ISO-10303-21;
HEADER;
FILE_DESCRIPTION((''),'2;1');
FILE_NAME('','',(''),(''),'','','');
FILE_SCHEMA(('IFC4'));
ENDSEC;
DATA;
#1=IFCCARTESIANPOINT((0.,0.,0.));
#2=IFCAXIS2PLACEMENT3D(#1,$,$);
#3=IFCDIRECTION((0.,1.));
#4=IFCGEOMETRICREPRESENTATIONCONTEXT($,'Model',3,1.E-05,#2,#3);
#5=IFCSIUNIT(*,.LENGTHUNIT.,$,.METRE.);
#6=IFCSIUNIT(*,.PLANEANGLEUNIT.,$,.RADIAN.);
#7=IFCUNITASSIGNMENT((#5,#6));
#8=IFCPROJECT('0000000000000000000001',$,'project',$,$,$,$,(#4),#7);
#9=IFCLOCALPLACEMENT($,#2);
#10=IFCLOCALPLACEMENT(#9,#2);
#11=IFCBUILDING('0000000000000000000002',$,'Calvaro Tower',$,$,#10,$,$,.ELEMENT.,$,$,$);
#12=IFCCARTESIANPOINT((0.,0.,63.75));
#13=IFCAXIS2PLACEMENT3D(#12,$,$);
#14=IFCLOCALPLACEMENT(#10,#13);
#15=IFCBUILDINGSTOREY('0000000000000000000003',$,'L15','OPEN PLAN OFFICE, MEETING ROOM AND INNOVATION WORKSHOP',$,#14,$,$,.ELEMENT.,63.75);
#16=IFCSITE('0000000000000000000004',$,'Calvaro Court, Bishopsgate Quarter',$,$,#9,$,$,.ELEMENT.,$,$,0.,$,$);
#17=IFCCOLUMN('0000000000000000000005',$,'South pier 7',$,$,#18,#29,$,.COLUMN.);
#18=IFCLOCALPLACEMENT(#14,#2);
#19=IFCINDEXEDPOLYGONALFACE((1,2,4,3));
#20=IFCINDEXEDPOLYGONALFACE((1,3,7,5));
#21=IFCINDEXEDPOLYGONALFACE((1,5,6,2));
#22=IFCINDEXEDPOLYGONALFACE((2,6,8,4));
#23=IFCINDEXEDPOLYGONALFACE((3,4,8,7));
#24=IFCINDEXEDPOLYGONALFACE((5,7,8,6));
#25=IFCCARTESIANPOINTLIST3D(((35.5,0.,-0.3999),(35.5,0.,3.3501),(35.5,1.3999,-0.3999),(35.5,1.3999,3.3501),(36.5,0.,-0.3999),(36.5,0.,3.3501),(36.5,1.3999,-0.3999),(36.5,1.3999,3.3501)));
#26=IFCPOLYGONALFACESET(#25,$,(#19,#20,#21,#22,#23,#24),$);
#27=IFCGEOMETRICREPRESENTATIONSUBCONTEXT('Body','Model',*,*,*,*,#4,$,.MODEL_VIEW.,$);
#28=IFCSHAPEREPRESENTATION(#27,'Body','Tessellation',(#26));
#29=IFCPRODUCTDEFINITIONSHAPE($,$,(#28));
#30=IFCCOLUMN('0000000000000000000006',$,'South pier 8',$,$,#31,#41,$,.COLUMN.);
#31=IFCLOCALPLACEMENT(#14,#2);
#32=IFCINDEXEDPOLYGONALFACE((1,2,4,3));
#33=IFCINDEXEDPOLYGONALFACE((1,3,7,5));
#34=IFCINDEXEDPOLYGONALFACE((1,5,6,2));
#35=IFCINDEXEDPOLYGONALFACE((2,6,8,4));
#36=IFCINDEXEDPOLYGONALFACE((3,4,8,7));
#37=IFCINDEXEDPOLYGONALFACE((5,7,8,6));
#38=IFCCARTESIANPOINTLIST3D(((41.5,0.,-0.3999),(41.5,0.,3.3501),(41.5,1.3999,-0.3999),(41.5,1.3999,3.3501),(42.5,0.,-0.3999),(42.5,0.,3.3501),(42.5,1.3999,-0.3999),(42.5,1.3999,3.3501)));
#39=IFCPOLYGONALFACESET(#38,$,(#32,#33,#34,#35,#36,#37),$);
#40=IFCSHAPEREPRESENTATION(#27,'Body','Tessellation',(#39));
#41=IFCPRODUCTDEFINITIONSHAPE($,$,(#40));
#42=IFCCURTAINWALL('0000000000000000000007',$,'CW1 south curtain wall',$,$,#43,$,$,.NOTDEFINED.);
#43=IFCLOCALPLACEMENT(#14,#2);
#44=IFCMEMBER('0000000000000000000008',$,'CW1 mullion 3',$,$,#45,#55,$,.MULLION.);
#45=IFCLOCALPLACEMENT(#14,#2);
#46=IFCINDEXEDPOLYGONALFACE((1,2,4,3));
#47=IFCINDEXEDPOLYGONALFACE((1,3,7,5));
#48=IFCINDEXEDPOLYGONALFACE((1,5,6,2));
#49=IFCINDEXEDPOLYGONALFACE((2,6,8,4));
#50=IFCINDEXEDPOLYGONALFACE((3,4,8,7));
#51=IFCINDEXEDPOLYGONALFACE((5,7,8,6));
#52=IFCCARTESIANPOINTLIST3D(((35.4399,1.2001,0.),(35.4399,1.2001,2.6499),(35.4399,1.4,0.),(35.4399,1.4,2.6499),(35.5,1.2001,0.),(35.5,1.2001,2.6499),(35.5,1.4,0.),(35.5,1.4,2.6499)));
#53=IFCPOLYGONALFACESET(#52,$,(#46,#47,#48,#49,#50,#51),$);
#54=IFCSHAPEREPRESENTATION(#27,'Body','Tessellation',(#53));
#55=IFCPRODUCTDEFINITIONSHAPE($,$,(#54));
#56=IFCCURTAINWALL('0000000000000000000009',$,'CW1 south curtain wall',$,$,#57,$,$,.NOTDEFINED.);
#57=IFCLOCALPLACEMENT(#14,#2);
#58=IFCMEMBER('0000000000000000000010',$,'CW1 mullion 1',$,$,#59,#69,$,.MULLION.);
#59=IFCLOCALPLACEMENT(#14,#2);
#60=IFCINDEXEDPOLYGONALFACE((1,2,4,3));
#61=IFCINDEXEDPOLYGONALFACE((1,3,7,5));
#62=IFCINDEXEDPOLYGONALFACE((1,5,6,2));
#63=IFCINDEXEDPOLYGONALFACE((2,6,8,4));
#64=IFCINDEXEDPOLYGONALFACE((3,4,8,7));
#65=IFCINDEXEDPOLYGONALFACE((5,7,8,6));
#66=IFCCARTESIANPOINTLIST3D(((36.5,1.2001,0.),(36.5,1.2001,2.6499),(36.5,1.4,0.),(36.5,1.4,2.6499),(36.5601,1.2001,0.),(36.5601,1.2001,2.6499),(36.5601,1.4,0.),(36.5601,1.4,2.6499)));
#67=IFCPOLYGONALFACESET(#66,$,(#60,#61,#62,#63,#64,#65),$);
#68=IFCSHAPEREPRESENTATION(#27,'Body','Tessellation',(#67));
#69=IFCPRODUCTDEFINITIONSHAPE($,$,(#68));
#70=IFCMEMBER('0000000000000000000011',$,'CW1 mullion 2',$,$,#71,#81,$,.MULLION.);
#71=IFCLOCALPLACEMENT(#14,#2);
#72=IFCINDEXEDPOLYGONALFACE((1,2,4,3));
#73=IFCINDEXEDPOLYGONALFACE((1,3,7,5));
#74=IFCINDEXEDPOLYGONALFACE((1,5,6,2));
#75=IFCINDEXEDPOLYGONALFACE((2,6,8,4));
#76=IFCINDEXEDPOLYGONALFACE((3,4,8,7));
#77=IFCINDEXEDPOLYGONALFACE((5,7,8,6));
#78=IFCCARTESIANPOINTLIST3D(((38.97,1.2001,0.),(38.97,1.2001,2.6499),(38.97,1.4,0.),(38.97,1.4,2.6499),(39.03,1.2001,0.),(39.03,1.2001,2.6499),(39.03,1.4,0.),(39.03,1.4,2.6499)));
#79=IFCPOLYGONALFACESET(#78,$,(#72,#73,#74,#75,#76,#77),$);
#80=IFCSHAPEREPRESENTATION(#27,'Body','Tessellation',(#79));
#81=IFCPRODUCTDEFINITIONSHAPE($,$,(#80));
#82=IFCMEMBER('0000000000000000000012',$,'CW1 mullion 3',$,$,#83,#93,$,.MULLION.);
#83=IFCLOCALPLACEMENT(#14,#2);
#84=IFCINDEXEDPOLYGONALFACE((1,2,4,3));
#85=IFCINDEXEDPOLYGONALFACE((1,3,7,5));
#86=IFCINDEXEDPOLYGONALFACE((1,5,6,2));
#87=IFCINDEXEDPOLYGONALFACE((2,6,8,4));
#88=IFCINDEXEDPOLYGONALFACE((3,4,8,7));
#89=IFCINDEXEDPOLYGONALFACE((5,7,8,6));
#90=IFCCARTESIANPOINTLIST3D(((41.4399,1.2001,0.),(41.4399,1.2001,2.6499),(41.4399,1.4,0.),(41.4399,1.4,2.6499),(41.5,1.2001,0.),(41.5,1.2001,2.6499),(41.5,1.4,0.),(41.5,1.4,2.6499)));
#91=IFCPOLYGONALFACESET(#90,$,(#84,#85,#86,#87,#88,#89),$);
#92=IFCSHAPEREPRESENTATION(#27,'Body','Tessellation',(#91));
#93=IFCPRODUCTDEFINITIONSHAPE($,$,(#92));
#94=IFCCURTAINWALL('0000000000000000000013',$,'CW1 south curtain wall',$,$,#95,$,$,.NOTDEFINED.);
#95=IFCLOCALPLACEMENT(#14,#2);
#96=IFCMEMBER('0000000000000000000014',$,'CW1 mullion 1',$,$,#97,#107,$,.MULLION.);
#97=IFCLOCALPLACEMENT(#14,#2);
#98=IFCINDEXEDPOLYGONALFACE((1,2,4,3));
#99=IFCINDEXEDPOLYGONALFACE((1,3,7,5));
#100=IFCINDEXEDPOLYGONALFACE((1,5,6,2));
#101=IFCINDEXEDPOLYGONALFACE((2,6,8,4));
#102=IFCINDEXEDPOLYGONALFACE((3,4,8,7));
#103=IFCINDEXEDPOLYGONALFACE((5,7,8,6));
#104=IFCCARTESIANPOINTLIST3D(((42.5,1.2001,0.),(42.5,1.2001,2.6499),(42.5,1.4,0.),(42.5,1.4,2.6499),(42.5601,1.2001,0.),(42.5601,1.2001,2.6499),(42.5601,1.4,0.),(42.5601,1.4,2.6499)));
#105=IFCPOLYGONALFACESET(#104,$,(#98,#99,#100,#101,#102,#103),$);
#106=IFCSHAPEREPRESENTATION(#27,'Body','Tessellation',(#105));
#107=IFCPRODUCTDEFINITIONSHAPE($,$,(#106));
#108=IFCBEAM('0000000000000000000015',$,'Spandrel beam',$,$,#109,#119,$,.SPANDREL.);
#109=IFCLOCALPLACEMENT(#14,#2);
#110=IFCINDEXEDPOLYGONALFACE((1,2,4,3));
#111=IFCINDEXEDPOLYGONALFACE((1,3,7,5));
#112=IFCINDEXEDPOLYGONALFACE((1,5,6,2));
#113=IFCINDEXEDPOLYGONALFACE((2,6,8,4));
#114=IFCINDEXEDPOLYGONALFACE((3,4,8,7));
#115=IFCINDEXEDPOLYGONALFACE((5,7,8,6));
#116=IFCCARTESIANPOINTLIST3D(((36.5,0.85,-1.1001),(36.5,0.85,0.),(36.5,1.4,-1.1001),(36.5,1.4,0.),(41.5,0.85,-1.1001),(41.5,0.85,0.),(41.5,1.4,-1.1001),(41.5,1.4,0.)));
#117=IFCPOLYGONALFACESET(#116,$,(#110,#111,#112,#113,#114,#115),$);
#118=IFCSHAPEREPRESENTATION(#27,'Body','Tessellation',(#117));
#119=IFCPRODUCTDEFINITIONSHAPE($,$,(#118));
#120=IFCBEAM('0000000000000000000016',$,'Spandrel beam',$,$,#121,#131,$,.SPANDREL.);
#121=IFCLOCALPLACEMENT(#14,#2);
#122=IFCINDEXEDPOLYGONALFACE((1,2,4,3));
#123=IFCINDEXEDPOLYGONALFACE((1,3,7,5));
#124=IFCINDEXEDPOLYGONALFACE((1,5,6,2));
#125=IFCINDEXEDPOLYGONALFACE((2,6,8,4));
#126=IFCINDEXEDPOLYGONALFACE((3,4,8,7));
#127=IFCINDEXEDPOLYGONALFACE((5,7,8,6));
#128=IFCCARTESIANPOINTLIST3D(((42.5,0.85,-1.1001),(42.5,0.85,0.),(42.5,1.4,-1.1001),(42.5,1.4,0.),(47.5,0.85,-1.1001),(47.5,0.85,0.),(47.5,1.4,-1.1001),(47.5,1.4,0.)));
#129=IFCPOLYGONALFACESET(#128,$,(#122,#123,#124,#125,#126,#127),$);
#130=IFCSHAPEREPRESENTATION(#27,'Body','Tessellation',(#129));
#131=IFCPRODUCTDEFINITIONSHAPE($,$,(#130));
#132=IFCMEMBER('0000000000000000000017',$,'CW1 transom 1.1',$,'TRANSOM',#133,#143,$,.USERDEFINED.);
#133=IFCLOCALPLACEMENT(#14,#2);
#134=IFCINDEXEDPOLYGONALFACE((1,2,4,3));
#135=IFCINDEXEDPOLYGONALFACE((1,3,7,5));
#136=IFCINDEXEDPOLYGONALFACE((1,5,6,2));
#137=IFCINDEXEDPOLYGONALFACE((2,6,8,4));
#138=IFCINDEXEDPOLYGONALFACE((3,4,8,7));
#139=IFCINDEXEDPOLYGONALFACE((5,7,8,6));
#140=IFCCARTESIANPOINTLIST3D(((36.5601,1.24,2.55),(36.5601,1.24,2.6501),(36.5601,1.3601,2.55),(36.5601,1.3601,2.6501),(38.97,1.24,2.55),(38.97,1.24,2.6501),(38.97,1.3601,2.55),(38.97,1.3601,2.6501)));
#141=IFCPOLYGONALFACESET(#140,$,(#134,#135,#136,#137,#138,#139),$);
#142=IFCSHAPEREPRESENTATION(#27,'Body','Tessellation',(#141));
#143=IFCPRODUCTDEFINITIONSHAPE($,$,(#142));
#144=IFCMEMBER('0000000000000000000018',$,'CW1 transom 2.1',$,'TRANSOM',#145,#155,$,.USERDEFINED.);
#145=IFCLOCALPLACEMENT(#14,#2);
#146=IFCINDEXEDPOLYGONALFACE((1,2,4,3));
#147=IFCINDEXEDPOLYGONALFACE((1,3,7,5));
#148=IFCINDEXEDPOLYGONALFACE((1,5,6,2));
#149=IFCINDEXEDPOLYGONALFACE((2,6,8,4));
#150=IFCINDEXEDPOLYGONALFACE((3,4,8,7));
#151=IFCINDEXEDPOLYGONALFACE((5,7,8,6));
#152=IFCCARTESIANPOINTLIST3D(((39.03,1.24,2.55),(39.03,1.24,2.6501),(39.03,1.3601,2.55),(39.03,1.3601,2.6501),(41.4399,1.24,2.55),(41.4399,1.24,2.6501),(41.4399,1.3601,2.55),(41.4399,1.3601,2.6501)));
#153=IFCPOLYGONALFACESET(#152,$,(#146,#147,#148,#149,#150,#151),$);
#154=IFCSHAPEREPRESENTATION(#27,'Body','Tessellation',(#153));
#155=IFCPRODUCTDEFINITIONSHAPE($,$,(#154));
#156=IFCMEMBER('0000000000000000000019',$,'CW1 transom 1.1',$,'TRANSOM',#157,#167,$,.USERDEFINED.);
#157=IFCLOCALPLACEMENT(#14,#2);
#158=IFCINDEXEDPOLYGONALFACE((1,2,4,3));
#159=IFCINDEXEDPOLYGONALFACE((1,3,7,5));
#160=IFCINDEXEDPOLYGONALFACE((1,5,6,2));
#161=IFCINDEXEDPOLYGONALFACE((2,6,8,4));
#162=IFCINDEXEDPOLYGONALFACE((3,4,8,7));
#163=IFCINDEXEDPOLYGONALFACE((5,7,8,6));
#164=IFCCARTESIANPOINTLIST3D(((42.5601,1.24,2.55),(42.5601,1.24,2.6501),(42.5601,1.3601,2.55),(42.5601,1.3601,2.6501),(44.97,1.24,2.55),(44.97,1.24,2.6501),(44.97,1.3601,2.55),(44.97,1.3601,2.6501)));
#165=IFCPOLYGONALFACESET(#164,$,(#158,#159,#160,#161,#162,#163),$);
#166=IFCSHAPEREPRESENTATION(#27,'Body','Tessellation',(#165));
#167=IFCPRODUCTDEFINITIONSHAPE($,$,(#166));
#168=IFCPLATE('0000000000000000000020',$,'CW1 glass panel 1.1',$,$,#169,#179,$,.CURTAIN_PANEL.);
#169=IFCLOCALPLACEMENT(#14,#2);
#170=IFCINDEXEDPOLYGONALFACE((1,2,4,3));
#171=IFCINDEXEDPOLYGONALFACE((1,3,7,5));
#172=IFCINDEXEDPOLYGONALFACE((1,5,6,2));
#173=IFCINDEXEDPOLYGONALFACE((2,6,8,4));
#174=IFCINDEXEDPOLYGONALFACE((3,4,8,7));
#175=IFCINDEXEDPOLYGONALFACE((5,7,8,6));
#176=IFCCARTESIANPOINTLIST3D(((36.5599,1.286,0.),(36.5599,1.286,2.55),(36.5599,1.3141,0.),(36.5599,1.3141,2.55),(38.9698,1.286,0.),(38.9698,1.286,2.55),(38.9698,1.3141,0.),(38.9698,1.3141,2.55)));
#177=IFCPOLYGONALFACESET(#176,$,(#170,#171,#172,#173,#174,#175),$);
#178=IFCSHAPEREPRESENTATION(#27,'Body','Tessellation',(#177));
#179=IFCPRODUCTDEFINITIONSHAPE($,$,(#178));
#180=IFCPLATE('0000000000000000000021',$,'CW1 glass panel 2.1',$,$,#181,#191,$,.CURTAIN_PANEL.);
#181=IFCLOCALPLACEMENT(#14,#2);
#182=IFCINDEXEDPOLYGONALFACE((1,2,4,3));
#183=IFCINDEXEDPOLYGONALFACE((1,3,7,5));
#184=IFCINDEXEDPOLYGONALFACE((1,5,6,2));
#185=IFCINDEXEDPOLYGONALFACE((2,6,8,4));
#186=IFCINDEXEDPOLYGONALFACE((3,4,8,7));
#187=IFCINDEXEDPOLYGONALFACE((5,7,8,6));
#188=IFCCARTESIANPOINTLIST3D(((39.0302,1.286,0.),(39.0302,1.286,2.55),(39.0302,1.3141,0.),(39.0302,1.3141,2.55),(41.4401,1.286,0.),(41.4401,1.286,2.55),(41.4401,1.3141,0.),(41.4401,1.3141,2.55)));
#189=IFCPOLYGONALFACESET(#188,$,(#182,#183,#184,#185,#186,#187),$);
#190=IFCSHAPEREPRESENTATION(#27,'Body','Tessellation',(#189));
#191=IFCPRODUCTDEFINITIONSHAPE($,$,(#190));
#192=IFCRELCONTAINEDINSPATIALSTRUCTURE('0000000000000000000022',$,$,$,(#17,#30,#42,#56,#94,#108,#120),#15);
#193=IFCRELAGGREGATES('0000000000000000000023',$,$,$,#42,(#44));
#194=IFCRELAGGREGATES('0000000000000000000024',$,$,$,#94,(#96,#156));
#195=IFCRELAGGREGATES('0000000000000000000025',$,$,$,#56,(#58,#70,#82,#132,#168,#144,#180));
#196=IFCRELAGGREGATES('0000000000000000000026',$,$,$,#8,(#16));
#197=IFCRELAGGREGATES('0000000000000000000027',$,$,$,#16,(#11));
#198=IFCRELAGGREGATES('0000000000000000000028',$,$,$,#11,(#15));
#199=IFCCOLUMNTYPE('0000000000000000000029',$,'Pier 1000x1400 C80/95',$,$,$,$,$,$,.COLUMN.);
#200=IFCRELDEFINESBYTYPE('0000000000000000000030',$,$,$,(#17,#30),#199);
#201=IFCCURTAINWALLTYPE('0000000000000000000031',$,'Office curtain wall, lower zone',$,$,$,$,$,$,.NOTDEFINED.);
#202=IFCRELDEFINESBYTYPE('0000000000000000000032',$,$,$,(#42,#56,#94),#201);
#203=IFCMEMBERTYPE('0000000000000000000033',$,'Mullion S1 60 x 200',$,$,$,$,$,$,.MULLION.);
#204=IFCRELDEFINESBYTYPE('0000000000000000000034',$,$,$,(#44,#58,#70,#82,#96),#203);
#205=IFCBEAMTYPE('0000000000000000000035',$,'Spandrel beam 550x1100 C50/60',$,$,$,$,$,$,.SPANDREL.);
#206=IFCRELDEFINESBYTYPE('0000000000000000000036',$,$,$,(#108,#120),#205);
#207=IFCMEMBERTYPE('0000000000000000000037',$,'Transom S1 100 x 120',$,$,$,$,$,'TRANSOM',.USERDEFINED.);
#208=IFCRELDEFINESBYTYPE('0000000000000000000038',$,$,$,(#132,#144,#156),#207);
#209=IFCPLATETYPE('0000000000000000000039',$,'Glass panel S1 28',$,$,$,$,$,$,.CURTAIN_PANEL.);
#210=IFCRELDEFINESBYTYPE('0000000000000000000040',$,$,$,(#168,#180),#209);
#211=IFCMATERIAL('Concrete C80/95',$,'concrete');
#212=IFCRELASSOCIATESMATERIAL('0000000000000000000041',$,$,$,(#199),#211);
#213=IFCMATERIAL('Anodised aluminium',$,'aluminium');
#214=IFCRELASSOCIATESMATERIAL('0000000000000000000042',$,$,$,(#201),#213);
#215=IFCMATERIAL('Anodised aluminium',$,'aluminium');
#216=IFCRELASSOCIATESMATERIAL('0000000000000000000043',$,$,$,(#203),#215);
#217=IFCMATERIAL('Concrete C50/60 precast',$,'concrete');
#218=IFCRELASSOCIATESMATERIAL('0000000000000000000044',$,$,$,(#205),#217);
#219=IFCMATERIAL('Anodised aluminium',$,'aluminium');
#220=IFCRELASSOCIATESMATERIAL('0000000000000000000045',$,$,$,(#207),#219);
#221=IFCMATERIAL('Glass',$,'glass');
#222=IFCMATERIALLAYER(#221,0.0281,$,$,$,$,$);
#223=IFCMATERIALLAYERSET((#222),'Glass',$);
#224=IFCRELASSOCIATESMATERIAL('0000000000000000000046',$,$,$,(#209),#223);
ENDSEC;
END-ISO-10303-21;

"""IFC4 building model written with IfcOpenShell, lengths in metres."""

from ifc_helpers import new_model, si_unit, direction, frame, origin, origin_2d, place, context, subcontext, project, spatial, rectangle, extrude, material, layer, layer_set, material_profile, profile_set, type_object, element, aggregate, save


model = new_model("IFC4")

# Units and contexts
model_context = context("Model", 3, precision=1e-05, world=origin(), true_north=direction((0.0, 1.0)))
body_context = subcontext(model_context, "Body", "Model", "MODEL_VIEW")
ifc_project = project(units=[si_unit("LENGTHUNIT", "METRE"), si_unit("PLANEANGLEUNIT", "RADIAN")], contexts=[model_context])

# Site, building, storey
site_placement = place(None, origin())
site = spatial("IfcSite", under=ifc_project, at=site_placement, Name="Calvaro Court, Bishopsgate Quarter", CompositionType="ELEMENT", RefElevation=0.0)
building_placement = place(site_placement, origin())
building = spatial("IfcBuilding", under=site, at=building_placement, Name="Calvaro Tower", CompositionType="ELEMENT")
storey_placement = place(building_placement, frame((0.0, 0.0, 63.75)))
storey = spatial("IfcBuildingStorey", under=building, at=storey_placement, Name="L15", Description="OPEN PLAN OFFICE, MEETING ROOM AND INNOVATION WORKSHOP", CompositionType="ELEMENT", Elevation=63.75)

# Columns
ifc_material_1 = material(Name="Concrete C80/95", Category="concrete")
ifc_material_profile_1 = material_profile(ifc_material_1, rectangle(XDim=1.0, YDim=1.3999, at=origin_2d()), Name="RC 1000x1400")
ifc_profile_set_1 = profile_set([ifc_material_profile_1], Name="Concrete C80/95")
column_type = type_object("IfcColumnType", Name="Pier 1000x1400 C80/95", PredefinedType="COLUMN", material=ifc_profile_set_1)
for number, where, z_axis, x_axis, name in (
    (1, (36.0, 0.7, -0.3999), (0.0, 0.0, 1.0), (1.0, 0.0, 0.0), "South pier 7"),
    (2, (42.0, 0.7, -0.3999), (0.0, 0.0, 1.0), (1.0, 0.0, 0.0), "South pier 8"),
):
    element("IfcColumn", number, at=place(storey_placement, frame(where, z_axis=z_axis, x_axis=x_axis)), inside=storey, type_object=column_type, Name=name, PredefinedType="COLUMN", context=body_context, shape_type="SweptSolid", body=[
        extrude(rectangle(XDim=1.0, YDim=1.3999, at=origin_2d()), origin(), (0.0, 0.0, 1.0), 3.75),
    ])

# Curtain wall, member
ifc_material_2 = material(Name="Anodised aluminium", Category="aluminium")
curtain_wall_type = type_object("IfcCurtainWallType", Name="Office curtain wall, lower zone", PredefinedType="NOTDEFINED", material=ifc_material_2)
curtain_wall_1_placement = place(storey_placement, origin())
curtain_wall_1 = element("IfcCurtainWall", 3, at=curtain_wall_1_placement, inside=storey, type_object=curtain_wall_type, Name="CW1 south curtain wall", PredefinedType="NOTDEFINED")
ifc_material_3 = material(Name="Anodised aluminium", Category="aluminium")
ifc_material_profile_2 = material_profile(ifc_material_3, rectangle(XDim=0.2, YDim=0.0601, at=origin_2d()), Name="Mullion S1 60 x 200")
ifc_profile_set_2 = profile_set([ifc_material_profile_2], Name="Anodised aluminium")
member_type_1 = type_object("IfcMemberType", Name="Mullion S1 60 x 200", PredefinedType="MULLION", material=ifc_profile_set_2)
member_1_placement = place(storey_placement, frame((35.47, 1.3, 0.0), z_axis=(0.0, 0.0, 1.0), x_axis=(0.0, 1.0, 0.0)))
member_1 = element("IfcMember", 4, at=member_1_placement, type_object=member_type_1, Name="CW1 mullion 3", PredefinedType="MULLION", context=body_context, shape_type="SweptSolid", body=[
    extrude(rectangle(XDim=0.2, YDim=0.0601, at=origin_2d()), origin(), (0.0, 0.0, 1.0), 2.6499),
])
aggregate(curtain_wall_1, [member_1])

# Curtain wall, members
curtain_wall_2_placement = place(storey_placement, origin())
curtain_wall_2 = element("IfcCurtainWall", 5, at=curtain_wall_2_placement, inside=storey, type_object=curtain_wall_type, Name="CW1 south curtain wall", PredefinedType="NOTDEFINED")
member_2_placement = place(storey_placement, frame((36.53, 1.3, 0.0), z_axis=(0.0, 0.0, 1.0), x_axis=(0.0, 1.0, 0.0)))
member_2 = element("IfcMember", 6, at=member_2_placement, type_object=member_type_1, Name="CW1 mullion 1", PredefinedType="MULLION", context=body_context, shape_type="SweptSolid", body=[
    extrude(rectangle(XDim=0.2, YDim=0.0601, at=origin_2d()), origin(), (0.0, 0.0, 1.0), 2.6499),
])
member_3_placement = place(storey_placement, frame((39.0, 1.3, 0.0), z_axis=(0.0, 0.0, 1.0), x_axis=(0.0, 1.0, 0.0)))
member_3 = element("IfcMember", 7, at=member_3_placement, type_object=member_type_1, Name="CW1 mullion 2", PredefinedType="MULLION", context=body_context, shape_type="SweptSolid", body=[
    extrude(rectangle(XDim=0.2, YDim=0.0601, at=origin_2d()), origin(), (0.0, 0.0, 1.0), 2.6499),
])
member_4_placement = place(storey_placement, frame((41.47, 1.3, 0.0), z_axis=(0.0, 0.0, 1.0), x_axis=(0.0, 1.0, 0.0)))
member_4 = element("IfcMember", 8, at=member_4_placement, type_object=member_type_1, Name="CW1 mullion 3", PredefinedType="MULLION", context=body_context, shape_type="SweptSolid", body=[
    extrude(rectangle(XDim=0.2, YDim=0.0601, at=origin_2d()), origin(), (0.0, 0.0, 1.0), 2.6499),
])

# Curtain wall, member
curtain_wall_3_placement = place(storey_placement, origin())
curtain_wall_3 = element("IfcCurtainWall", 9, at=curtain_wall_3_placement, inside=storey, type_object=curtain_wall_type, Name="CW1 south curtain wall", PredefinedType="NOTDEFINED")
member_5_placement = place(storey_placement, frame((42.53, 1.3, 0.0), z_axis=(0.0, 0.0, 1.0), x_axis=(0.0, 1.0, 0.0)))
member_5 = element("IfcMember", 10, at=member_5_placement, type_object=member_type_1, Name="CW1 mullion 1", PredefinedType="MULLION", context=body_context, shape_type="SweptSolid", body=[
    extrude(rectangle(XDim=0.2, YDim=0.0601, at=origin_2d()), origin(), (0.0, 0.0, 1.0), 2.6499),
])

# Beams
ifc_material_4 = material(Name="Concrete C50/60 precast", Category="concrete")
ifc_material_profile_3 = material_profile(ifc_material_4, rectangle(XDim=0.55, YDim=1.1001, at=origin_2d()), Name="RC 550x1100")
ifc_profile_set_3 = profile_set([ifc_material_profile_3], Name="Concrete C50/60 precast")
beam_type = type_object("IfcBeamType", Name="Spandrel beam 550x1100 C50/60", PredefinedType="SPANDREL", material=ifc_profile_set_3)
for number, where, z_axis, x_axis, name in (
    (11, (36.5, 1.125, -0.55), (1.0, 0.0, 0.0), (0.0, 1.0, 0.0), "Spandrel beam"),
    (12, (42.5, 1.125, -0.55), (1.0, 0.0, 0.0), (0.0, 1.0, 0.0), "Spandrel beam"),
):
    element("IfcBeam", number, at=place(storey_placement, frame(where, z_axis=z_axis, x_axis=x_axis)), inside=storey, type_object=beam_type, Name=name, PredefinedType="SPANDREL", context=body_context, shape_type="SweptSolid", body=[
        extrude(rectangle(XDim=0.55, YDim=1.1001, at=origin_2d()), origin(), (0.0, 0.0, 1.0), 5.0),
    ])

# Members
ifc_material_5 = material(Name="Anodised aluminium", Category="aluminium")
ifc_material_profile_4 = material_profile(ifc_material_5, rectangle(XDim=0.1201, YDim=0.1001, at=origin_2d()), Name="Transom S1 100 x 120")
ifc_profile_set_4 = profile_set([ifc_material_profile_4], Name="Anodised aluminium")
member_type_2 = type_object("IfcMemberType", Name="Transom S1 100 x 120", ElementType="TRANSOM", PredefinedType="USERDEFINED", material=ifc_profile_set_4)
member_6_placement = place(storey_placement, frame((36.5601, 1.3, 2.6001), z_axis=(1.0, 0.0, 0.0), x_axis=(0.0, 1.0, 0.0)))
member_6 = element("IfcMember", 13, at=member_6_placement, type_object=member_type_2, Name="CW1 transom 1.1", ObjectType="TRANSOM", PredefinedType="USERDEFINED", context=body_context, shape_type="SweptSolid", body=[
    extrude(rectangle(XDim=0.1201, YDim=0.1001, at=origin_2d()), origin(), (0.0, 0.0, 1.0), 2.4099),
])
member_7_placement = place(storey_placement, frame((39.03, 1.3, 2.6001), z_axis=(1.0, 0.0, 0.0), x_axis=(0.0, 1.0, 0.0)))
member_7 = element("IfcMember", 14, at=member_7_placement, type_object=member_type_2, Name="CW1 transom 2.1", ObjectType="TRANSOM", PredefinedType="USERDEFINED", context=body_context, shape_type="SweptSolid", body=[
    extrude(rectangle(XDim=0.1201, YDim=0.1001, at=origin_2d()), origin(), (0.0, 0.0, 1.0), 2.4099),
])
member_8_placement = place(storey_placement, frame((42.5601, 1.3, 2.6001), z_axis=(1.0, 0.0, 0.0), x_axis=(0.0, 1.0, 0.0)))
member_8 = element("IfcMember", 15, at=member_8_placement, type_object=member_type_2, Name="CW1 transom 1.1", ObjectType="TRANSOM", PredefinedType="USERDEFINED", context=body_context, shape_type="SweptSolid", body=[
    extrude(rectangle(XDim=0.1201, YDim=0.1001, at=origin_2d()), origin(), (0.0, 0.0, 1.0), 2.4099),
])
aggregate(curtain_wall_3, [member_5, member_8])

# Plates
ifc_material_6 = material(Name="Glass", Category="glass")
ifc_layer = layer(ifc_material_6, 0.0281)
ifc_layer_set = layer_set([ifc_layer], Name="Glass")
plate_type = type_object("IfcPlateType", Name="Glass panel S1 28", PredefinedType="CURTAIN_PANEL", material=ifc_layer_set)
plate_1_placement = place(storey_placement, frame((37.7649, 1.3, 0.0), z_axis=(0.0, 0.0, 1.0), x_axis=(1.0, 0.0, 0.0)))
plate_1 = element("IfcPlate", 16, at=plate_1_placement, type_object=plate_type, Name="CW1 glass panel 1.1", PredefinedType="CURTAIN_PANEL", context=body_context, shape_type="SweptSolid", body=[
    extrude(rectangle(XDim=2.4099, YDim=0.0281, at=origin_2d()), origin(), (0.0, 0.0, 1.0), 2.55),
])
plate_2_placement = place(storey_placement, frame((40.2351, 1.3, 0.0), z_axis=(0.0, 0.0, 1.0), x_axis=(1.0, 0.0, 0.0)))
plate_2 = element("IfcPlate", 17, at=plate_2_placement, type_object=plate_type, Name="CW1 glass panel 2.1", PredefinedType="CURTAIN_PANEL", context=body_context, shape_type="SweptSolid", body=[
    extrude(rectangle(XDim=2.4099, YDim=0.0281, at=origin_2d()), origin(), (0.0, 0.0, 1.0), 2.55),
])
aggregate(curtain_wall_2, [member_2, member_3, member_4, member_6, plate_1, member_7, plate_2])

save(model, "model.ifc")
